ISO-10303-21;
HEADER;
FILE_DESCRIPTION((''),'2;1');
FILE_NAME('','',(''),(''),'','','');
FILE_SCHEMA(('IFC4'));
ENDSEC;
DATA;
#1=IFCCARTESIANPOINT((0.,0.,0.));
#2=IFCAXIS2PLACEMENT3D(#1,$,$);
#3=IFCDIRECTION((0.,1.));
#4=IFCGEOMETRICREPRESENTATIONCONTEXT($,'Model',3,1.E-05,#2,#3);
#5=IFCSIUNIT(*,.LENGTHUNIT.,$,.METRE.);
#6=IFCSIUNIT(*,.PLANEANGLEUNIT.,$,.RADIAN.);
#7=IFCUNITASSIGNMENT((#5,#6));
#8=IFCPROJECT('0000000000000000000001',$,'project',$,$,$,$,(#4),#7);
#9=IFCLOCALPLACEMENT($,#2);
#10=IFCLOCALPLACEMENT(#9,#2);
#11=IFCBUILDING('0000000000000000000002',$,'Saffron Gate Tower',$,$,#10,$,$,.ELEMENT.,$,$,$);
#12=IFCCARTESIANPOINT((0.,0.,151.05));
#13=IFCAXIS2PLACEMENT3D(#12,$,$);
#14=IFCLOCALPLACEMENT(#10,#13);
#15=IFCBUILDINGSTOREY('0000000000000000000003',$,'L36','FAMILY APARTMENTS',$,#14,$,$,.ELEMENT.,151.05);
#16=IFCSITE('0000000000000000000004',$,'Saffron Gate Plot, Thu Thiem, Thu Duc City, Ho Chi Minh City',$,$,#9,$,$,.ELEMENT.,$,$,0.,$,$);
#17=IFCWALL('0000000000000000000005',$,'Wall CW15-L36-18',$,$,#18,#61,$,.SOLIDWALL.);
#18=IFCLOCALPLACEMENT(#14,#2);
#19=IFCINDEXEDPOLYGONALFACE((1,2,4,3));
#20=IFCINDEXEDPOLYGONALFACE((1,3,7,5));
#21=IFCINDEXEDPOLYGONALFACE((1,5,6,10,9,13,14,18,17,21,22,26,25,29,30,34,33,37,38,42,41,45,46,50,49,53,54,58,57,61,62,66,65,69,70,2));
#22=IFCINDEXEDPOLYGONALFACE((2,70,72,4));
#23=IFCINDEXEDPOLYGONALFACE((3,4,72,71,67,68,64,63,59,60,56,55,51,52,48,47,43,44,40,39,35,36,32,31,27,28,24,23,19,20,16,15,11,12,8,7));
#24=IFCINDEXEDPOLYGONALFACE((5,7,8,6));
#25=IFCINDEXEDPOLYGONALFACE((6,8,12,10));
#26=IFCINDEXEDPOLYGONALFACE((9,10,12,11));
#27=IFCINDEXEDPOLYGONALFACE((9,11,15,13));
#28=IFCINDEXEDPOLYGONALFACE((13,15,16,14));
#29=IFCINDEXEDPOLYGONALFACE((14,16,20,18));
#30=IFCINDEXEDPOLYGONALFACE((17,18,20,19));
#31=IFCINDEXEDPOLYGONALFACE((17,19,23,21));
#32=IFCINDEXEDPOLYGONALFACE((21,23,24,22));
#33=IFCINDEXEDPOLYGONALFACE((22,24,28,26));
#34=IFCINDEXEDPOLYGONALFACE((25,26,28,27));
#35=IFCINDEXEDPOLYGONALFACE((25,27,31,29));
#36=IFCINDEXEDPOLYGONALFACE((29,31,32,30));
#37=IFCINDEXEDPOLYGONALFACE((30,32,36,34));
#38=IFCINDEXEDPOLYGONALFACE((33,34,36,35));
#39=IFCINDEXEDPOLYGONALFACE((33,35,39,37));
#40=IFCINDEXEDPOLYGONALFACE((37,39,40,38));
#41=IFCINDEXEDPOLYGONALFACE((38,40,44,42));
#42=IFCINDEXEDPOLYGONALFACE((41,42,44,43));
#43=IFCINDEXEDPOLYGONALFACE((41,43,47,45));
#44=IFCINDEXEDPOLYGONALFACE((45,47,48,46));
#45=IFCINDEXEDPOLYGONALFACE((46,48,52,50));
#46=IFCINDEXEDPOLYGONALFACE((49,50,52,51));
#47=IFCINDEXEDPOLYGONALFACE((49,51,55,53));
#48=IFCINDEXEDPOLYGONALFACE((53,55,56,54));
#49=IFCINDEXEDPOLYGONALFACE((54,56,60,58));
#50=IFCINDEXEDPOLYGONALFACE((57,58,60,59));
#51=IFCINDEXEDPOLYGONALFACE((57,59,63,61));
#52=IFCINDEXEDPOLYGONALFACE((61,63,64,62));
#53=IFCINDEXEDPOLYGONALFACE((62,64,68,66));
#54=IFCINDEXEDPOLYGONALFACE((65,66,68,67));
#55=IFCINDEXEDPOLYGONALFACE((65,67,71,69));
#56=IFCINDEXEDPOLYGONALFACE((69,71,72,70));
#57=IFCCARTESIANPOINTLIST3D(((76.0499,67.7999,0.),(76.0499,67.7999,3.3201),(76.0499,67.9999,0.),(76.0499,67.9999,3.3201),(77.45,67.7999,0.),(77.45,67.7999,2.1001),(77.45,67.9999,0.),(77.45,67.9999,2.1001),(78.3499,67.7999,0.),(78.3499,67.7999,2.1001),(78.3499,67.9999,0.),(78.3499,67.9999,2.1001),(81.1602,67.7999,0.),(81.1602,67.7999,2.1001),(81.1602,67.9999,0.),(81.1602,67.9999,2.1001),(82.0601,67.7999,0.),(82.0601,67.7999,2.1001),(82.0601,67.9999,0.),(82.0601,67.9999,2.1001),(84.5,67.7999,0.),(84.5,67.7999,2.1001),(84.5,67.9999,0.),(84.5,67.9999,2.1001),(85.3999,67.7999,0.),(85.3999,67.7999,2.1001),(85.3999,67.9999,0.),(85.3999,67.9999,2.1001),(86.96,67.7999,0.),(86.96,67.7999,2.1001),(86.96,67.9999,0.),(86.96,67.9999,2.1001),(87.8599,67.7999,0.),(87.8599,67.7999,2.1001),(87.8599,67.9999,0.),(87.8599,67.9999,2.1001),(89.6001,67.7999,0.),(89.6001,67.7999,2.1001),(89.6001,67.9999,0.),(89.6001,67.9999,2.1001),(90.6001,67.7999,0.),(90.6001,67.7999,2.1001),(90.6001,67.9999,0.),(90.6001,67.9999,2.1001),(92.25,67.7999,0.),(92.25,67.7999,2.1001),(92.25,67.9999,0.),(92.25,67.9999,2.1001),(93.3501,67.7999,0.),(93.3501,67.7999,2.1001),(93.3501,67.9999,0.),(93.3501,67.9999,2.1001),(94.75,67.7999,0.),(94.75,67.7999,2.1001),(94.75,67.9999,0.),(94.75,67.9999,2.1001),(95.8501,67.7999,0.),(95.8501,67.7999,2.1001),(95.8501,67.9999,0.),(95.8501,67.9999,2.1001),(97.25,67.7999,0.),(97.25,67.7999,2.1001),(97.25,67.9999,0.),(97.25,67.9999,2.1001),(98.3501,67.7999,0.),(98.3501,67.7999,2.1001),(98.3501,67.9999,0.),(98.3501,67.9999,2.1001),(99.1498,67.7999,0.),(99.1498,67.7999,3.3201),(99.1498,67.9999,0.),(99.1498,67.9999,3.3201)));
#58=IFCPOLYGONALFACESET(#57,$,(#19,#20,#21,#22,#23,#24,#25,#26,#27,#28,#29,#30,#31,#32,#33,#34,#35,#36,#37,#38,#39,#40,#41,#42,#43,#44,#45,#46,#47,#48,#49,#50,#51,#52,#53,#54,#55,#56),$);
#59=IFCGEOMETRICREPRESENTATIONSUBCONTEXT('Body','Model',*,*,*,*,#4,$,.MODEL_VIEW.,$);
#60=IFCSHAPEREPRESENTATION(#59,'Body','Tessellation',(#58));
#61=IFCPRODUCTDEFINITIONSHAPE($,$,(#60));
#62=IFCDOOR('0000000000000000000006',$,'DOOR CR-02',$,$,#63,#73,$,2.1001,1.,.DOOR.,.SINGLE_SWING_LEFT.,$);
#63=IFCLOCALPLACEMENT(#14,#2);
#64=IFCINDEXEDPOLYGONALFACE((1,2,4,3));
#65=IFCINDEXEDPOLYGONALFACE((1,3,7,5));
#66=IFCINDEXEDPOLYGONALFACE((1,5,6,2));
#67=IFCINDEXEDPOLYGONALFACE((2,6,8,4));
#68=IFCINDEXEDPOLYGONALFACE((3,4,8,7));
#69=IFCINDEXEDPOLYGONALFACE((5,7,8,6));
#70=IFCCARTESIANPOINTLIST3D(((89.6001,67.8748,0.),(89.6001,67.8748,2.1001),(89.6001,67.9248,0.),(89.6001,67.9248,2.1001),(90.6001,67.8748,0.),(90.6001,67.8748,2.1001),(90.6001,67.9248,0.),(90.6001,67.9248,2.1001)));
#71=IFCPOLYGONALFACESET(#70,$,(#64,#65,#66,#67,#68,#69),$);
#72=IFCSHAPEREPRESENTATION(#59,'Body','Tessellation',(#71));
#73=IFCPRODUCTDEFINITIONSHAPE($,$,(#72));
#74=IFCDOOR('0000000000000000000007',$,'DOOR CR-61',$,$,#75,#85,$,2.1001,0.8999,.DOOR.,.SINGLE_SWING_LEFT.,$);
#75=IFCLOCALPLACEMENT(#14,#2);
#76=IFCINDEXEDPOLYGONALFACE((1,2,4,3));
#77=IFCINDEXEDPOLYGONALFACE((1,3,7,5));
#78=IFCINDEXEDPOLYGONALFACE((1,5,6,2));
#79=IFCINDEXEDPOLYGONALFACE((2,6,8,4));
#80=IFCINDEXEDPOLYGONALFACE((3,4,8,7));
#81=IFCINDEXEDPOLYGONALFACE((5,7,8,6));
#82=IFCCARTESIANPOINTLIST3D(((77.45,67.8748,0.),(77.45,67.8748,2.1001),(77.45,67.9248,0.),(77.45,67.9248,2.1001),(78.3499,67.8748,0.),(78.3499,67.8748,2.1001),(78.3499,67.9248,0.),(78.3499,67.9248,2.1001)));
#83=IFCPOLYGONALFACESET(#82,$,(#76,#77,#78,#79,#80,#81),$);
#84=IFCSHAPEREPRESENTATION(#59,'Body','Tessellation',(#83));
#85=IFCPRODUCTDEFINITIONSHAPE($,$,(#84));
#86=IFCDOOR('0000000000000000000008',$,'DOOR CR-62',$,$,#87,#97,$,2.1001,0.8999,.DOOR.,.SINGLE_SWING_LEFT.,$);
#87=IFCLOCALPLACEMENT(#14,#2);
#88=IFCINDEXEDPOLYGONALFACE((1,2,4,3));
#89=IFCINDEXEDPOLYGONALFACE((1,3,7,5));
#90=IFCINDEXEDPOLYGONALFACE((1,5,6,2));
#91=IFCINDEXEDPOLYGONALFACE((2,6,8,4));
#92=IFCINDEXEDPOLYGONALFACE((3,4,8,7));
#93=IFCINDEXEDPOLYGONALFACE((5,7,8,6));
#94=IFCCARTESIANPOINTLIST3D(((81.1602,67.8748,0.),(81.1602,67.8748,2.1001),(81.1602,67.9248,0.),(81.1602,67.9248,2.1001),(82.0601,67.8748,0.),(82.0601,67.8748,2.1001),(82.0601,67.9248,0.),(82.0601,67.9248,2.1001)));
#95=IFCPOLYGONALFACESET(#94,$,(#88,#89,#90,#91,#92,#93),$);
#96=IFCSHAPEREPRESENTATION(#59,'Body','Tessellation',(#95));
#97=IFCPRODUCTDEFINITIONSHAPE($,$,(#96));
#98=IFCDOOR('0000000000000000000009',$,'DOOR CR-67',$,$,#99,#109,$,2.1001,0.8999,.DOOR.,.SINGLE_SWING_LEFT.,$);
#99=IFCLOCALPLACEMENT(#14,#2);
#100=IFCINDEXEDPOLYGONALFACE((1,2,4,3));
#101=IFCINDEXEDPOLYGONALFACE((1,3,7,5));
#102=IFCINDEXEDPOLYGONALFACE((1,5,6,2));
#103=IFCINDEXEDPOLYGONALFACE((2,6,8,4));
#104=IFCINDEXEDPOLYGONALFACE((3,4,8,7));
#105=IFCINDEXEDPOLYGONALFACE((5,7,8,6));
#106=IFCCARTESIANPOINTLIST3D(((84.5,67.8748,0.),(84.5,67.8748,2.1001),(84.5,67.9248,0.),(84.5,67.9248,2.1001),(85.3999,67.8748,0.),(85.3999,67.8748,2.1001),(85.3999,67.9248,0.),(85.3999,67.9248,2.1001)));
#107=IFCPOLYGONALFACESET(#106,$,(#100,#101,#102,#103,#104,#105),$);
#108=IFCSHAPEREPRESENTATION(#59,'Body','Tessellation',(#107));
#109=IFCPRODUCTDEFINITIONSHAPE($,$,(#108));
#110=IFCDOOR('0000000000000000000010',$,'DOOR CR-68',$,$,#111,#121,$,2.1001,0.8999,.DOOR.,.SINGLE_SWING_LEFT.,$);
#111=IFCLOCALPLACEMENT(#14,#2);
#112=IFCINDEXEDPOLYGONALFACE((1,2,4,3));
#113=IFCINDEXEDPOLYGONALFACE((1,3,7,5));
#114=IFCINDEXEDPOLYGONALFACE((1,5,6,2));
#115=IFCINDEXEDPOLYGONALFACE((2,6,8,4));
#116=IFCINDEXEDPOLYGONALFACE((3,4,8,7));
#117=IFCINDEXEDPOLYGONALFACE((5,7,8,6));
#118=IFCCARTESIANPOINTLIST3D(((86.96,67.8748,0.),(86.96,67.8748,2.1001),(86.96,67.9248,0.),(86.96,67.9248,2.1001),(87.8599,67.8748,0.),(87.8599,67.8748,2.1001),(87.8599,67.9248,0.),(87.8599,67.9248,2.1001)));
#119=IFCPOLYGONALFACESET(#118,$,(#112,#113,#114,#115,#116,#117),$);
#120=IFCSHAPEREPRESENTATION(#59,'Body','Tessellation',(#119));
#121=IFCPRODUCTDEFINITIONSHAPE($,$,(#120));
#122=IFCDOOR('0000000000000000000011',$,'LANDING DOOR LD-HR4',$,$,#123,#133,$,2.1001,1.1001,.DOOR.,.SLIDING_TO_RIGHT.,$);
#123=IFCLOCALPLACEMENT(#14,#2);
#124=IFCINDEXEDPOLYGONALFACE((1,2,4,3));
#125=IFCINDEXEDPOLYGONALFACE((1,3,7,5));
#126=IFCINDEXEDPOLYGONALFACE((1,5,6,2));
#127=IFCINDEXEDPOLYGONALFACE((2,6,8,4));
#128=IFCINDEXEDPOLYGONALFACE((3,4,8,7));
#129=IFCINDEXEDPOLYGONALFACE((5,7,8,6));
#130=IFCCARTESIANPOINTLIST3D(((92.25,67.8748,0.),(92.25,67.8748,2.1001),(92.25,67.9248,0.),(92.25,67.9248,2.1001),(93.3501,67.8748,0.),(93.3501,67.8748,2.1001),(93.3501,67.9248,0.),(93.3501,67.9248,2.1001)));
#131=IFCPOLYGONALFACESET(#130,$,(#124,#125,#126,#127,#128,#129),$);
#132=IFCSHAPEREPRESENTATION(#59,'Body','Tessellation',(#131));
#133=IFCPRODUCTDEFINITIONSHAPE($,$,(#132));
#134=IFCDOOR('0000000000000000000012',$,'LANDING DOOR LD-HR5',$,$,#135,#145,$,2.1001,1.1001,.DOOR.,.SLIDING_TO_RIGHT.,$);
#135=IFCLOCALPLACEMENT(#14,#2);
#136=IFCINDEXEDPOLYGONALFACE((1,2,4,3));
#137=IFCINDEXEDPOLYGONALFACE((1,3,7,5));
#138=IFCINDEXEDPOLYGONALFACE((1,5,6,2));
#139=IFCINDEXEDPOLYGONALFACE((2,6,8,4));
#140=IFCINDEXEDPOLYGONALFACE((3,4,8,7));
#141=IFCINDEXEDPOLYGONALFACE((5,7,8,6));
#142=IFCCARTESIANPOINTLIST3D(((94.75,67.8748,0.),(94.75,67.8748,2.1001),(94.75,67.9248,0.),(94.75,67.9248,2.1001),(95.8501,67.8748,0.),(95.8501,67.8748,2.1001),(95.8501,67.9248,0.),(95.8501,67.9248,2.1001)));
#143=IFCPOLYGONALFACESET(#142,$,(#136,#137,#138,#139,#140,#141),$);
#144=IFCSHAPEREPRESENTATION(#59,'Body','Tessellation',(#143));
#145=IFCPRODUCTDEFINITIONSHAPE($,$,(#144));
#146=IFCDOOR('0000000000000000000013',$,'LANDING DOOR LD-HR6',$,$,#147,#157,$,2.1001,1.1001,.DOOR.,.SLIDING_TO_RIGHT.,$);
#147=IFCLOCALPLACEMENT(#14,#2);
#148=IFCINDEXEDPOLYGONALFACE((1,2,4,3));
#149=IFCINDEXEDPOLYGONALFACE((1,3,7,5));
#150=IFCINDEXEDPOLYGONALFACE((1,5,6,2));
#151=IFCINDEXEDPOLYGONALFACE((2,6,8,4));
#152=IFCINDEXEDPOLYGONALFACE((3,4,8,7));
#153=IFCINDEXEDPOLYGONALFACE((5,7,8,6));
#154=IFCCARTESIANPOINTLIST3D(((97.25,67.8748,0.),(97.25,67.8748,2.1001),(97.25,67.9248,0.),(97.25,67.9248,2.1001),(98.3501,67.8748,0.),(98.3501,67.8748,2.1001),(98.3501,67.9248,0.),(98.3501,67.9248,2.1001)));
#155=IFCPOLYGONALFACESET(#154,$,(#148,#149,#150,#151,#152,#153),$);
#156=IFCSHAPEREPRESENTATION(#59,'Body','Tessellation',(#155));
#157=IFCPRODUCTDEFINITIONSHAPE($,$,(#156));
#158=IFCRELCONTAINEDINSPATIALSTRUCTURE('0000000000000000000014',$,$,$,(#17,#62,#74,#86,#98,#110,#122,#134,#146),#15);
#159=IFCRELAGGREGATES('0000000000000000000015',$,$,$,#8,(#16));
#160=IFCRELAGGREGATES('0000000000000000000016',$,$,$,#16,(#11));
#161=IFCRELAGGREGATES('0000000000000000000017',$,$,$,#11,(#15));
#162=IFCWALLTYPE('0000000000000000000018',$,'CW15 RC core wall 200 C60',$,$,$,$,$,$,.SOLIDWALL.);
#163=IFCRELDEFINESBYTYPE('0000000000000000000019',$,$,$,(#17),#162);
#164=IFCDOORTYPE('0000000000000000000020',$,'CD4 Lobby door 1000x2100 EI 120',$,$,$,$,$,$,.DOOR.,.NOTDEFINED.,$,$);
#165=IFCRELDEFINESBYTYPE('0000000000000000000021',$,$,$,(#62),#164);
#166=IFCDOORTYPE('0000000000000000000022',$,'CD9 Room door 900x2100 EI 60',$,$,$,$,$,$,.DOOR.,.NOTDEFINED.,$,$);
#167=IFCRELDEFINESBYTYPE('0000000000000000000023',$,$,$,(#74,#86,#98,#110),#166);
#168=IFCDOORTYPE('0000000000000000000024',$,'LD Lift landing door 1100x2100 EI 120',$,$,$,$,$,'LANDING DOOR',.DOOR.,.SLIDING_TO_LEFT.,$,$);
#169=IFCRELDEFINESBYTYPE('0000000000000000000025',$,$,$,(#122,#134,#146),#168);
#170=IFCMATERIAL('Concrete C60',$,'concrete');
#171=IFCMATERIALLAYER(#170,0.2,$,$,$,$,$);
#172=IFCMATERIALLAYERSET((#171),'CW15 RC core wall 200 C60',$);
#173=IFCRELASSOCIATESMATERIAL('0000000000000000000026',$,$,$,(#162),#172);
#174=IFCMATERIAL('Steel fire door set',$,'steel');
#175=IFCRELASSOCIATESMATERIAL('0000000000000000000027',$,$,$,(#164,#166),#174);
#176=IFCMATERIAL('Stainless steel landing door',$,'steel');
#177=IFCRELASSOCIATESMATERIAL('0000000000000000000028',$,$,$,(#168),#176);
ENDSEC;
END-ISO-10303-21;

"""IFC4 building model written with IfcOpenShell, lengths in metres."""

from ifc_helpers import new_model, si_unit, direction, frame, frame_2d, origin, place, context, subcontext, project, spatial, rectangle, extrude, material, layer, layer_set, type_object, element, fill, save


model = new_model("IFC4")

# Units and contexts
model_context = context("Model", 3, precision=1e-05, world=origin(), true_north=direction((0.0, 1.0)))
body_context = subcontext(model_context, "Body", "Model", "MODEL_VIEW")
ifc_project = project(units=[si_unit("LENGTHUNIT", "METRE"), si_unit("PLANEANGLEUNIT", "RADIAN")], contexts=[model_context])

# Site, building, storey
site_placement = place(None, origin())
site = spatial("IfcSite", under=ifc_project, at=site_placement, Name="Saffron Gate Plot, Thu Thiem, Thu Duc City, Ho Chi Minh City", CompositionType="ELEMENT", RefElevation=0.0)
building_placement = place(site_placement, origin())
building = spatial("IfcBuilding", under=site, at=building_placement, Name="Saffron Gate Tower", CompositionType="ELEMENT")
storey_placement = place(building_placement, frame((0.0, 0.0, 151.05)))
storey = spatial("IfcBuildingStorey", under=building, at=storey_placement, Name="L36", Description="FAMILY APARTMENTS", CompositionType="ELEMENT", Elevation=151.05)

# Shared definitions
ifc_material_1 = material(Name="Concrete C60", Category="concrete")
ifc_material_2 = material(Name="Steel fire door set", Category="steel")

# Wall, openings, doors
ifc_layer_1 = layer(ifc_material_1, 0.2)
ifc_layer_set_1 = layer_set([ifc_layer_1], Name="CW15 RC core wall 200 C60")
wall_type_1 = type_object("IfcWallType", Name="CW15 RC core wall 200 C60", PredefinedType="SOLIDWALL", material=ifc_layer_set_1)
wall_1_placement = place(storey_placement, frame((76.05, 67.8999, 0.0), z_axis=(0.0, 0.0, 1.0), x_axis=(1.0, 0.0, 0.0)))
wall_1 = element("IfcWall", 1, at=wall_1_placement, inside=storey, type_object=wall_type_1, Name="Wall CW15-L36-18", PredefinedType="SOLIDWALL", context=body_context, shape_type="SweptSolid", body=[
    extrude(rectangle(XDim=23.0999, YDim=0.2, at=frame_2d((11.5498, 0.0))), origin(), (0.0, 0.0, 1.0), 3.3201),
])
opening_1_placement = place(wall_1_placement, frame((1.3999, 0.0, 0.0)))
opening_1 = element("IfcOpeningElement", 2, at=opening_1_placement, cuts=wall_1, PredefinedType="OPENING", context=body_context, shape_type="SweptSolid", body=[
    extrude(rectangle(XDim=0.8999, YDim=2.1001, at=frame_2d((0.45, 1.05))), frame((0.0, 0.1099, 0.0), z_axis=(0.0, -1.0, 0.0), x_axis=(1.0, 0.0, 0.0)), (0.0, 0.0, 1.0), 0.22),
])
opening_2_placement = place(wall_1_placement, frame((5.1101, 0.0, 0.0)))
opening_2 = element("IfcOpeningElement", 3, at=opening_2_placement, cuts=wall_1, PredefinedType="OPENING", context=body_context, shape_type="SweptSolid", body=[
    extrude(rectangle(XDim=0.8999, YDim=2.1001, at=frame_2d((0.45, 1.05))), frame((0.0, 0.1099, 0.0), z_axis=(0.0, -1.0, 0.0), x_axis=(1.0, 0.0, 0.0)), (0.0, 0.0, 1.0), 0.22),
])
opening_3_placement = place(wall_1_placement, frame((8.45, 0.0, 0.0)))
opening_3 = element("IfcOpeningElement", 4, at=opening_3_placement, cuts=wall_1, PredefinedType="OPENING", context=body_context, shape_type="SweptSolid", body=[
    extrude(rectangle(XDim=0.8999, YDim=2.1001, at=frame_2d((0.45, 1.05))), frame((0.0, 0.1099, 0.0), z_axis=(0.0, -1.0, 0.0), x_axis=(1.0, 0.0, 0.0)), (0.0, 0.0, 1.0), 0.22),
])
opening_4_placement = place(wall_1_placement, frame((10.9099, 0.0, 0.0)))
opening_4 = element("IfcOpeningElement", 5, at=opening_4_placement, cuts=wall_1, PredefinedType="OPENING", context=body_context, shape_type="SweptSolid", body=[
    extrude(rectangle(XDim=0.8999, YDim=2.1001, at=frame_2d((0.45, 1.05))), frame((0.0, 0.1099, 0.0), z_axis=(0.0, -1.0, 0.0), x_axis=(1.0, 0.0, 0.0)), (0.0, 0.0, 1.0), 0.22),
])
opening_5_placement = place(wall_1_placement, frame((13.55, 0.0, 0.0)))
opening_5 = element("IfcOpeningElement", 6, at=opening_5_placement, cuts=wall_1, PredefinedType="OPENING", context=body_context, shape_type="SweptSolid", body=[
    extrude(rectangle(XDim=1.0, YDim=2.1001, at=frame_2d((0.5, 1.05))), frame((0.0, 0.1099, 0.0), z_axis=(0.0, -1.0, 0.0), x_axis=(1.0, 0.0, 0.0)), (0.0, 0.0, 1.0), 0.22),
])
opening_6_placement = place(wall_1_placement, frame((16.2, 0.0, 0.0)))
opening_6 = element("IfcOpeningElement", 7, at=opening_6_placement, cuts=wall_1, PredefinedType="OPENING", context=body_context, shape_type="SweptSolid", body=[
    extrude(rectangle(XDim=1.1001, YDim=2.1001, at=frame_2d((0.55, 1.05))), frame((0.0, 0.1099, 0.0), z_axis=(0.0, -1.0, 0.0), x_axis=(1.0, 0.0, 0.0)), (0.0, 0.0, 1.0), 0.22),
])
opening_7_placement = place(wall_1_placement, frame((18.7, 0.0, 0.0)))
opening_7 = element("IfcOpeningElement", 8, at=opening_7_placement, cuts=wall_1, PredefinedType="OPENING", context=body_context, shape_type="SweptSolid", body=[
    extrude(rectangle(XDim=1.1001, YDim=2.1001, at=frame_2d((0.55, 1.05))), frame((0.0, 0.1099, 0.0), z_axis=(0.0, -1.0, 0.0), x_axis=(1.0, 0.0, 0.0)), (0.0, 0.0, 1.0), 0.22),
])
opening_8_placement = place(wall_1_placement, frame((21.2, 0.0, 0.0)))
opening_8 = element("IfcOpeningElement", 9, at=opening_8_placement, cuts=wall_1, PredefinedType="OPENING", context=body_context, shape_type="SweptSolid", body=[
    extrude(rectangle(XDim=1.1001, YDim=2.1001, at=frame_2d((0.55, 1.05))), frame((0.0, 0.1099, 0.0), z_axis=(0.0, -1.0, 0.0), x_axis=(1.0, 0.0, 0.0)), (0.0, 0.0, 1.0), 0.22),
])
door_type_1 = type_object("IfcDoorType", Name="CD4 Lobby door 1000x2100 EI 120", OperationType="NOTDEFINED", PredefinedType="DOOR", material=ifc_material_2)
door_1_placement = place(opening_5_placement, origin())
door_1 = element("IfcDoor", 10, at=door_1_placement, inside=storey, type_object=door_type_1, Name="DOOR CR-02", OperationType="SINGLE_SWING_LEFT", OverallHeight=2.1001, OverallWidth=1.0, PredefinedType="DOOR", context=body_context, shape_type="SweptSolid", body=[
    extrude(rectangle(XDim=1.0, YDim=2.1001, at=frame_2d((0.5, 1.05))), frame((0.0, 0.0249, 0.0), z_axis=(0.0, -1.0, 0.0), x_axis=(1.0, 0.0, 0.0)), (0.0, 0.0, 1.0), 0.05),
])
fill(opening_5, door_1)
door_type_2 = type_object("IfcDoorType", Name="CD9 Room door 900x2100 EI 60", OperationType="NOTDEFINED", PredefinedType="DOOR", material=ifc_material_2)
door_2_placement = place(opening_1_placement, origin())
door_2 = element("IfcDoor", 11, at=door_2_placement, inside=storey, type_object=door_type_2, Name="DOOR CR-61", OperationType="SINGLE_SWING_LEFT", OverallHeight=2.1001, OverallWidth=0.8999, PredefinedType="DOOR", context=body_context, shape_type="SweptSolid", body=[
    extrude(rectangle(XDim=0.8999, YDim=2.1001, at=frame_2d((0.45, 1.05))), frame((0.0, 0.0249, 0.0), z_axis=(0.0, -1.0, 0.0), x_axis=(1.0, 0.0, 0.0)), (0.0, 0.0, 1.0), 0.05),
])
fill(opening_1, door_2)
door_3_placement = place(opening_2_placement, origin())
door_3 = element("IfcDoor", 12, at=door_3_placement, inside=storey, type_object=door_type_2, Name="DOOR CR-62", OperationType="SINGLE_SWING_LEFT", OverallHeight=2.1001, OverallWidth=0.8999, PredefinedType="DOOR", context=body_context, shape_type="SweptSolid", body=[
    extrude(rectangle(XDim=0.8999, YDim=2.1001, at=frame_2d((0.45, 1.05))), frame((0.0, 0.0249, 0.0), z_axis=(0.0, -1.0, 0.0), x_axis=(1.0, 0.0, 0.0)), (0.0, 0.0, 1.0), 0.05),
])
fill(opening_2, door_3)
door_4_placement = place(opening_3_placement, origin())
door_4 = element("IfcDoor", 13, at=door_4_placement, inside=storey, type_object=door_type_2, Name="DOOR CR-67", OperationType="SINGLE_SWING_LEFT", OverallHeight=2.1001, OverallWidth=0.8999, PredefinedType="DOOR", context=body_context, shape_type="SweptSolid", body=[
    extrude(rectangle(XDim=0.8999, YDim=2.1001, at=frame_2d((0.45, 1.05))), frame((0.0, 0.0249, 0.0), z_axis=(0.0, -1.0, 0.0), x_axis=(1.0, 0.0, 0.0)), (0.0, 0.0, 1.0), 0.05),
])
fill(opening_3, door_4)
door_5_placement = place(opening_4_placement, origin())
door_5 = element("IfcDoor", 14, at=door_5_placement, inside=storey, type_object=door_type_2, Name="DOOR CR-68", OperationType="SINGLE_SWING_LEFT", OverallHeight=2.1001, OverallWidth=0.8999, PredefinedType="DOOR", context=body_context, shape_type="SweptSolid", body=[
    extrude(rectangle(XDim=0.8999, YDim=2.1001, at=frame_2d((0.45, 1.05))), frame((0.0, 0.0249, 0.0), z_axis=(0.0, -1.0, 0.0), x_axis=(1.0, 0.0, 0.0)), (0.0, 0.0, 1.0), 0.05),
])
fill(opening_4, door_5)
ifc_material_3 = material(Name="Stainless steel landing door", Category="steel")
door_type_3 = type_object("IfcDoorType", Name="LD Lift landing door 1100x2100 EI 120", ElementType="LANDING DOOR", OperationType="SLIDING_TO_LEFT", PredefinedType="DOOR", material=ifc_material_3)
door_6_placement = place(opening_6_placement, origin())
door_6 = element("IfcDoor", 15, at=door_6_placement, inside=storey, type_object=door_type_3, Name="LANDING DOOR LD-HR4", OperationType="SLIDING_TO_RIGHT", OverallHeight=2.1001, OverallWidth=1.1001, PredefinedType="DOOR", context=body_context, shape_type="SweptSolid", body=[
    extrude(rectangle(XDim=1.1001, YDim=2.1001, at=frame_2d((0.55, 1.05))), frame((0.0, 0.0249, 0.0), z_axis=(0.0, -1.0, 0.0), x_axis=(1.0, 0.0, 0.0)), (0.0, 0.0, 1.0), 0.05),
])
fill(opening_6, door_6)
door_7_placement = place(opening_7_placement, origin())
door_7 = element("IfcDoor", 16, at=door_7_placement, inside=storey, type_object=door_type_3, Name="LANDING DOOR LD-HR5", OperationType="SLIDING_TO_RIGHT", OverallHeight=2.1001, OverallWidth=1.1001, PredefinedType="DOOR", context=body_context, shape_type="SweptSolid", body=[
    extrude(rectangle(XDim=1.1001, YDim=2.1001, at=frame_2d((0.55, 1.05))), frame((0.0, 0.0249, 0.0), z_axis=(0.0, -1.0, 0.0), x_axis=(1.0, 0.0, 0.0)), (0.0, 0.0, 1.0), 0.05),
])
fill(opening_7, door_7)
door_8_placement = place(opening_8_placement, origin())
door_8 = element("IfcDoor", 17, at=door_8_placement, inside=storey, type_object=door_type_3, Name="LANDING DOOR LD-HR6", OperationType="SLIDING_TO_RIGHT", OverallHeight=2.1001, OverallWidth=1.1001, PredefinedType="DOOR", context=body_context, shape_type="SweptSolid", body=[
    extrude(rectangle(XDim=1.1001, YDim=2.1001, at=frame_2d((0.55, 1.05))), frame((0.0, 0.0249, 0.0), z_axis=(0.0, -1.0, 0.0), x_axis=(1.0, 0.0, 0.0)), (0.0, 0.0, 1.0), 0.05),
])
fill(opening_8, door_8)

save(model, "model.ifc")
